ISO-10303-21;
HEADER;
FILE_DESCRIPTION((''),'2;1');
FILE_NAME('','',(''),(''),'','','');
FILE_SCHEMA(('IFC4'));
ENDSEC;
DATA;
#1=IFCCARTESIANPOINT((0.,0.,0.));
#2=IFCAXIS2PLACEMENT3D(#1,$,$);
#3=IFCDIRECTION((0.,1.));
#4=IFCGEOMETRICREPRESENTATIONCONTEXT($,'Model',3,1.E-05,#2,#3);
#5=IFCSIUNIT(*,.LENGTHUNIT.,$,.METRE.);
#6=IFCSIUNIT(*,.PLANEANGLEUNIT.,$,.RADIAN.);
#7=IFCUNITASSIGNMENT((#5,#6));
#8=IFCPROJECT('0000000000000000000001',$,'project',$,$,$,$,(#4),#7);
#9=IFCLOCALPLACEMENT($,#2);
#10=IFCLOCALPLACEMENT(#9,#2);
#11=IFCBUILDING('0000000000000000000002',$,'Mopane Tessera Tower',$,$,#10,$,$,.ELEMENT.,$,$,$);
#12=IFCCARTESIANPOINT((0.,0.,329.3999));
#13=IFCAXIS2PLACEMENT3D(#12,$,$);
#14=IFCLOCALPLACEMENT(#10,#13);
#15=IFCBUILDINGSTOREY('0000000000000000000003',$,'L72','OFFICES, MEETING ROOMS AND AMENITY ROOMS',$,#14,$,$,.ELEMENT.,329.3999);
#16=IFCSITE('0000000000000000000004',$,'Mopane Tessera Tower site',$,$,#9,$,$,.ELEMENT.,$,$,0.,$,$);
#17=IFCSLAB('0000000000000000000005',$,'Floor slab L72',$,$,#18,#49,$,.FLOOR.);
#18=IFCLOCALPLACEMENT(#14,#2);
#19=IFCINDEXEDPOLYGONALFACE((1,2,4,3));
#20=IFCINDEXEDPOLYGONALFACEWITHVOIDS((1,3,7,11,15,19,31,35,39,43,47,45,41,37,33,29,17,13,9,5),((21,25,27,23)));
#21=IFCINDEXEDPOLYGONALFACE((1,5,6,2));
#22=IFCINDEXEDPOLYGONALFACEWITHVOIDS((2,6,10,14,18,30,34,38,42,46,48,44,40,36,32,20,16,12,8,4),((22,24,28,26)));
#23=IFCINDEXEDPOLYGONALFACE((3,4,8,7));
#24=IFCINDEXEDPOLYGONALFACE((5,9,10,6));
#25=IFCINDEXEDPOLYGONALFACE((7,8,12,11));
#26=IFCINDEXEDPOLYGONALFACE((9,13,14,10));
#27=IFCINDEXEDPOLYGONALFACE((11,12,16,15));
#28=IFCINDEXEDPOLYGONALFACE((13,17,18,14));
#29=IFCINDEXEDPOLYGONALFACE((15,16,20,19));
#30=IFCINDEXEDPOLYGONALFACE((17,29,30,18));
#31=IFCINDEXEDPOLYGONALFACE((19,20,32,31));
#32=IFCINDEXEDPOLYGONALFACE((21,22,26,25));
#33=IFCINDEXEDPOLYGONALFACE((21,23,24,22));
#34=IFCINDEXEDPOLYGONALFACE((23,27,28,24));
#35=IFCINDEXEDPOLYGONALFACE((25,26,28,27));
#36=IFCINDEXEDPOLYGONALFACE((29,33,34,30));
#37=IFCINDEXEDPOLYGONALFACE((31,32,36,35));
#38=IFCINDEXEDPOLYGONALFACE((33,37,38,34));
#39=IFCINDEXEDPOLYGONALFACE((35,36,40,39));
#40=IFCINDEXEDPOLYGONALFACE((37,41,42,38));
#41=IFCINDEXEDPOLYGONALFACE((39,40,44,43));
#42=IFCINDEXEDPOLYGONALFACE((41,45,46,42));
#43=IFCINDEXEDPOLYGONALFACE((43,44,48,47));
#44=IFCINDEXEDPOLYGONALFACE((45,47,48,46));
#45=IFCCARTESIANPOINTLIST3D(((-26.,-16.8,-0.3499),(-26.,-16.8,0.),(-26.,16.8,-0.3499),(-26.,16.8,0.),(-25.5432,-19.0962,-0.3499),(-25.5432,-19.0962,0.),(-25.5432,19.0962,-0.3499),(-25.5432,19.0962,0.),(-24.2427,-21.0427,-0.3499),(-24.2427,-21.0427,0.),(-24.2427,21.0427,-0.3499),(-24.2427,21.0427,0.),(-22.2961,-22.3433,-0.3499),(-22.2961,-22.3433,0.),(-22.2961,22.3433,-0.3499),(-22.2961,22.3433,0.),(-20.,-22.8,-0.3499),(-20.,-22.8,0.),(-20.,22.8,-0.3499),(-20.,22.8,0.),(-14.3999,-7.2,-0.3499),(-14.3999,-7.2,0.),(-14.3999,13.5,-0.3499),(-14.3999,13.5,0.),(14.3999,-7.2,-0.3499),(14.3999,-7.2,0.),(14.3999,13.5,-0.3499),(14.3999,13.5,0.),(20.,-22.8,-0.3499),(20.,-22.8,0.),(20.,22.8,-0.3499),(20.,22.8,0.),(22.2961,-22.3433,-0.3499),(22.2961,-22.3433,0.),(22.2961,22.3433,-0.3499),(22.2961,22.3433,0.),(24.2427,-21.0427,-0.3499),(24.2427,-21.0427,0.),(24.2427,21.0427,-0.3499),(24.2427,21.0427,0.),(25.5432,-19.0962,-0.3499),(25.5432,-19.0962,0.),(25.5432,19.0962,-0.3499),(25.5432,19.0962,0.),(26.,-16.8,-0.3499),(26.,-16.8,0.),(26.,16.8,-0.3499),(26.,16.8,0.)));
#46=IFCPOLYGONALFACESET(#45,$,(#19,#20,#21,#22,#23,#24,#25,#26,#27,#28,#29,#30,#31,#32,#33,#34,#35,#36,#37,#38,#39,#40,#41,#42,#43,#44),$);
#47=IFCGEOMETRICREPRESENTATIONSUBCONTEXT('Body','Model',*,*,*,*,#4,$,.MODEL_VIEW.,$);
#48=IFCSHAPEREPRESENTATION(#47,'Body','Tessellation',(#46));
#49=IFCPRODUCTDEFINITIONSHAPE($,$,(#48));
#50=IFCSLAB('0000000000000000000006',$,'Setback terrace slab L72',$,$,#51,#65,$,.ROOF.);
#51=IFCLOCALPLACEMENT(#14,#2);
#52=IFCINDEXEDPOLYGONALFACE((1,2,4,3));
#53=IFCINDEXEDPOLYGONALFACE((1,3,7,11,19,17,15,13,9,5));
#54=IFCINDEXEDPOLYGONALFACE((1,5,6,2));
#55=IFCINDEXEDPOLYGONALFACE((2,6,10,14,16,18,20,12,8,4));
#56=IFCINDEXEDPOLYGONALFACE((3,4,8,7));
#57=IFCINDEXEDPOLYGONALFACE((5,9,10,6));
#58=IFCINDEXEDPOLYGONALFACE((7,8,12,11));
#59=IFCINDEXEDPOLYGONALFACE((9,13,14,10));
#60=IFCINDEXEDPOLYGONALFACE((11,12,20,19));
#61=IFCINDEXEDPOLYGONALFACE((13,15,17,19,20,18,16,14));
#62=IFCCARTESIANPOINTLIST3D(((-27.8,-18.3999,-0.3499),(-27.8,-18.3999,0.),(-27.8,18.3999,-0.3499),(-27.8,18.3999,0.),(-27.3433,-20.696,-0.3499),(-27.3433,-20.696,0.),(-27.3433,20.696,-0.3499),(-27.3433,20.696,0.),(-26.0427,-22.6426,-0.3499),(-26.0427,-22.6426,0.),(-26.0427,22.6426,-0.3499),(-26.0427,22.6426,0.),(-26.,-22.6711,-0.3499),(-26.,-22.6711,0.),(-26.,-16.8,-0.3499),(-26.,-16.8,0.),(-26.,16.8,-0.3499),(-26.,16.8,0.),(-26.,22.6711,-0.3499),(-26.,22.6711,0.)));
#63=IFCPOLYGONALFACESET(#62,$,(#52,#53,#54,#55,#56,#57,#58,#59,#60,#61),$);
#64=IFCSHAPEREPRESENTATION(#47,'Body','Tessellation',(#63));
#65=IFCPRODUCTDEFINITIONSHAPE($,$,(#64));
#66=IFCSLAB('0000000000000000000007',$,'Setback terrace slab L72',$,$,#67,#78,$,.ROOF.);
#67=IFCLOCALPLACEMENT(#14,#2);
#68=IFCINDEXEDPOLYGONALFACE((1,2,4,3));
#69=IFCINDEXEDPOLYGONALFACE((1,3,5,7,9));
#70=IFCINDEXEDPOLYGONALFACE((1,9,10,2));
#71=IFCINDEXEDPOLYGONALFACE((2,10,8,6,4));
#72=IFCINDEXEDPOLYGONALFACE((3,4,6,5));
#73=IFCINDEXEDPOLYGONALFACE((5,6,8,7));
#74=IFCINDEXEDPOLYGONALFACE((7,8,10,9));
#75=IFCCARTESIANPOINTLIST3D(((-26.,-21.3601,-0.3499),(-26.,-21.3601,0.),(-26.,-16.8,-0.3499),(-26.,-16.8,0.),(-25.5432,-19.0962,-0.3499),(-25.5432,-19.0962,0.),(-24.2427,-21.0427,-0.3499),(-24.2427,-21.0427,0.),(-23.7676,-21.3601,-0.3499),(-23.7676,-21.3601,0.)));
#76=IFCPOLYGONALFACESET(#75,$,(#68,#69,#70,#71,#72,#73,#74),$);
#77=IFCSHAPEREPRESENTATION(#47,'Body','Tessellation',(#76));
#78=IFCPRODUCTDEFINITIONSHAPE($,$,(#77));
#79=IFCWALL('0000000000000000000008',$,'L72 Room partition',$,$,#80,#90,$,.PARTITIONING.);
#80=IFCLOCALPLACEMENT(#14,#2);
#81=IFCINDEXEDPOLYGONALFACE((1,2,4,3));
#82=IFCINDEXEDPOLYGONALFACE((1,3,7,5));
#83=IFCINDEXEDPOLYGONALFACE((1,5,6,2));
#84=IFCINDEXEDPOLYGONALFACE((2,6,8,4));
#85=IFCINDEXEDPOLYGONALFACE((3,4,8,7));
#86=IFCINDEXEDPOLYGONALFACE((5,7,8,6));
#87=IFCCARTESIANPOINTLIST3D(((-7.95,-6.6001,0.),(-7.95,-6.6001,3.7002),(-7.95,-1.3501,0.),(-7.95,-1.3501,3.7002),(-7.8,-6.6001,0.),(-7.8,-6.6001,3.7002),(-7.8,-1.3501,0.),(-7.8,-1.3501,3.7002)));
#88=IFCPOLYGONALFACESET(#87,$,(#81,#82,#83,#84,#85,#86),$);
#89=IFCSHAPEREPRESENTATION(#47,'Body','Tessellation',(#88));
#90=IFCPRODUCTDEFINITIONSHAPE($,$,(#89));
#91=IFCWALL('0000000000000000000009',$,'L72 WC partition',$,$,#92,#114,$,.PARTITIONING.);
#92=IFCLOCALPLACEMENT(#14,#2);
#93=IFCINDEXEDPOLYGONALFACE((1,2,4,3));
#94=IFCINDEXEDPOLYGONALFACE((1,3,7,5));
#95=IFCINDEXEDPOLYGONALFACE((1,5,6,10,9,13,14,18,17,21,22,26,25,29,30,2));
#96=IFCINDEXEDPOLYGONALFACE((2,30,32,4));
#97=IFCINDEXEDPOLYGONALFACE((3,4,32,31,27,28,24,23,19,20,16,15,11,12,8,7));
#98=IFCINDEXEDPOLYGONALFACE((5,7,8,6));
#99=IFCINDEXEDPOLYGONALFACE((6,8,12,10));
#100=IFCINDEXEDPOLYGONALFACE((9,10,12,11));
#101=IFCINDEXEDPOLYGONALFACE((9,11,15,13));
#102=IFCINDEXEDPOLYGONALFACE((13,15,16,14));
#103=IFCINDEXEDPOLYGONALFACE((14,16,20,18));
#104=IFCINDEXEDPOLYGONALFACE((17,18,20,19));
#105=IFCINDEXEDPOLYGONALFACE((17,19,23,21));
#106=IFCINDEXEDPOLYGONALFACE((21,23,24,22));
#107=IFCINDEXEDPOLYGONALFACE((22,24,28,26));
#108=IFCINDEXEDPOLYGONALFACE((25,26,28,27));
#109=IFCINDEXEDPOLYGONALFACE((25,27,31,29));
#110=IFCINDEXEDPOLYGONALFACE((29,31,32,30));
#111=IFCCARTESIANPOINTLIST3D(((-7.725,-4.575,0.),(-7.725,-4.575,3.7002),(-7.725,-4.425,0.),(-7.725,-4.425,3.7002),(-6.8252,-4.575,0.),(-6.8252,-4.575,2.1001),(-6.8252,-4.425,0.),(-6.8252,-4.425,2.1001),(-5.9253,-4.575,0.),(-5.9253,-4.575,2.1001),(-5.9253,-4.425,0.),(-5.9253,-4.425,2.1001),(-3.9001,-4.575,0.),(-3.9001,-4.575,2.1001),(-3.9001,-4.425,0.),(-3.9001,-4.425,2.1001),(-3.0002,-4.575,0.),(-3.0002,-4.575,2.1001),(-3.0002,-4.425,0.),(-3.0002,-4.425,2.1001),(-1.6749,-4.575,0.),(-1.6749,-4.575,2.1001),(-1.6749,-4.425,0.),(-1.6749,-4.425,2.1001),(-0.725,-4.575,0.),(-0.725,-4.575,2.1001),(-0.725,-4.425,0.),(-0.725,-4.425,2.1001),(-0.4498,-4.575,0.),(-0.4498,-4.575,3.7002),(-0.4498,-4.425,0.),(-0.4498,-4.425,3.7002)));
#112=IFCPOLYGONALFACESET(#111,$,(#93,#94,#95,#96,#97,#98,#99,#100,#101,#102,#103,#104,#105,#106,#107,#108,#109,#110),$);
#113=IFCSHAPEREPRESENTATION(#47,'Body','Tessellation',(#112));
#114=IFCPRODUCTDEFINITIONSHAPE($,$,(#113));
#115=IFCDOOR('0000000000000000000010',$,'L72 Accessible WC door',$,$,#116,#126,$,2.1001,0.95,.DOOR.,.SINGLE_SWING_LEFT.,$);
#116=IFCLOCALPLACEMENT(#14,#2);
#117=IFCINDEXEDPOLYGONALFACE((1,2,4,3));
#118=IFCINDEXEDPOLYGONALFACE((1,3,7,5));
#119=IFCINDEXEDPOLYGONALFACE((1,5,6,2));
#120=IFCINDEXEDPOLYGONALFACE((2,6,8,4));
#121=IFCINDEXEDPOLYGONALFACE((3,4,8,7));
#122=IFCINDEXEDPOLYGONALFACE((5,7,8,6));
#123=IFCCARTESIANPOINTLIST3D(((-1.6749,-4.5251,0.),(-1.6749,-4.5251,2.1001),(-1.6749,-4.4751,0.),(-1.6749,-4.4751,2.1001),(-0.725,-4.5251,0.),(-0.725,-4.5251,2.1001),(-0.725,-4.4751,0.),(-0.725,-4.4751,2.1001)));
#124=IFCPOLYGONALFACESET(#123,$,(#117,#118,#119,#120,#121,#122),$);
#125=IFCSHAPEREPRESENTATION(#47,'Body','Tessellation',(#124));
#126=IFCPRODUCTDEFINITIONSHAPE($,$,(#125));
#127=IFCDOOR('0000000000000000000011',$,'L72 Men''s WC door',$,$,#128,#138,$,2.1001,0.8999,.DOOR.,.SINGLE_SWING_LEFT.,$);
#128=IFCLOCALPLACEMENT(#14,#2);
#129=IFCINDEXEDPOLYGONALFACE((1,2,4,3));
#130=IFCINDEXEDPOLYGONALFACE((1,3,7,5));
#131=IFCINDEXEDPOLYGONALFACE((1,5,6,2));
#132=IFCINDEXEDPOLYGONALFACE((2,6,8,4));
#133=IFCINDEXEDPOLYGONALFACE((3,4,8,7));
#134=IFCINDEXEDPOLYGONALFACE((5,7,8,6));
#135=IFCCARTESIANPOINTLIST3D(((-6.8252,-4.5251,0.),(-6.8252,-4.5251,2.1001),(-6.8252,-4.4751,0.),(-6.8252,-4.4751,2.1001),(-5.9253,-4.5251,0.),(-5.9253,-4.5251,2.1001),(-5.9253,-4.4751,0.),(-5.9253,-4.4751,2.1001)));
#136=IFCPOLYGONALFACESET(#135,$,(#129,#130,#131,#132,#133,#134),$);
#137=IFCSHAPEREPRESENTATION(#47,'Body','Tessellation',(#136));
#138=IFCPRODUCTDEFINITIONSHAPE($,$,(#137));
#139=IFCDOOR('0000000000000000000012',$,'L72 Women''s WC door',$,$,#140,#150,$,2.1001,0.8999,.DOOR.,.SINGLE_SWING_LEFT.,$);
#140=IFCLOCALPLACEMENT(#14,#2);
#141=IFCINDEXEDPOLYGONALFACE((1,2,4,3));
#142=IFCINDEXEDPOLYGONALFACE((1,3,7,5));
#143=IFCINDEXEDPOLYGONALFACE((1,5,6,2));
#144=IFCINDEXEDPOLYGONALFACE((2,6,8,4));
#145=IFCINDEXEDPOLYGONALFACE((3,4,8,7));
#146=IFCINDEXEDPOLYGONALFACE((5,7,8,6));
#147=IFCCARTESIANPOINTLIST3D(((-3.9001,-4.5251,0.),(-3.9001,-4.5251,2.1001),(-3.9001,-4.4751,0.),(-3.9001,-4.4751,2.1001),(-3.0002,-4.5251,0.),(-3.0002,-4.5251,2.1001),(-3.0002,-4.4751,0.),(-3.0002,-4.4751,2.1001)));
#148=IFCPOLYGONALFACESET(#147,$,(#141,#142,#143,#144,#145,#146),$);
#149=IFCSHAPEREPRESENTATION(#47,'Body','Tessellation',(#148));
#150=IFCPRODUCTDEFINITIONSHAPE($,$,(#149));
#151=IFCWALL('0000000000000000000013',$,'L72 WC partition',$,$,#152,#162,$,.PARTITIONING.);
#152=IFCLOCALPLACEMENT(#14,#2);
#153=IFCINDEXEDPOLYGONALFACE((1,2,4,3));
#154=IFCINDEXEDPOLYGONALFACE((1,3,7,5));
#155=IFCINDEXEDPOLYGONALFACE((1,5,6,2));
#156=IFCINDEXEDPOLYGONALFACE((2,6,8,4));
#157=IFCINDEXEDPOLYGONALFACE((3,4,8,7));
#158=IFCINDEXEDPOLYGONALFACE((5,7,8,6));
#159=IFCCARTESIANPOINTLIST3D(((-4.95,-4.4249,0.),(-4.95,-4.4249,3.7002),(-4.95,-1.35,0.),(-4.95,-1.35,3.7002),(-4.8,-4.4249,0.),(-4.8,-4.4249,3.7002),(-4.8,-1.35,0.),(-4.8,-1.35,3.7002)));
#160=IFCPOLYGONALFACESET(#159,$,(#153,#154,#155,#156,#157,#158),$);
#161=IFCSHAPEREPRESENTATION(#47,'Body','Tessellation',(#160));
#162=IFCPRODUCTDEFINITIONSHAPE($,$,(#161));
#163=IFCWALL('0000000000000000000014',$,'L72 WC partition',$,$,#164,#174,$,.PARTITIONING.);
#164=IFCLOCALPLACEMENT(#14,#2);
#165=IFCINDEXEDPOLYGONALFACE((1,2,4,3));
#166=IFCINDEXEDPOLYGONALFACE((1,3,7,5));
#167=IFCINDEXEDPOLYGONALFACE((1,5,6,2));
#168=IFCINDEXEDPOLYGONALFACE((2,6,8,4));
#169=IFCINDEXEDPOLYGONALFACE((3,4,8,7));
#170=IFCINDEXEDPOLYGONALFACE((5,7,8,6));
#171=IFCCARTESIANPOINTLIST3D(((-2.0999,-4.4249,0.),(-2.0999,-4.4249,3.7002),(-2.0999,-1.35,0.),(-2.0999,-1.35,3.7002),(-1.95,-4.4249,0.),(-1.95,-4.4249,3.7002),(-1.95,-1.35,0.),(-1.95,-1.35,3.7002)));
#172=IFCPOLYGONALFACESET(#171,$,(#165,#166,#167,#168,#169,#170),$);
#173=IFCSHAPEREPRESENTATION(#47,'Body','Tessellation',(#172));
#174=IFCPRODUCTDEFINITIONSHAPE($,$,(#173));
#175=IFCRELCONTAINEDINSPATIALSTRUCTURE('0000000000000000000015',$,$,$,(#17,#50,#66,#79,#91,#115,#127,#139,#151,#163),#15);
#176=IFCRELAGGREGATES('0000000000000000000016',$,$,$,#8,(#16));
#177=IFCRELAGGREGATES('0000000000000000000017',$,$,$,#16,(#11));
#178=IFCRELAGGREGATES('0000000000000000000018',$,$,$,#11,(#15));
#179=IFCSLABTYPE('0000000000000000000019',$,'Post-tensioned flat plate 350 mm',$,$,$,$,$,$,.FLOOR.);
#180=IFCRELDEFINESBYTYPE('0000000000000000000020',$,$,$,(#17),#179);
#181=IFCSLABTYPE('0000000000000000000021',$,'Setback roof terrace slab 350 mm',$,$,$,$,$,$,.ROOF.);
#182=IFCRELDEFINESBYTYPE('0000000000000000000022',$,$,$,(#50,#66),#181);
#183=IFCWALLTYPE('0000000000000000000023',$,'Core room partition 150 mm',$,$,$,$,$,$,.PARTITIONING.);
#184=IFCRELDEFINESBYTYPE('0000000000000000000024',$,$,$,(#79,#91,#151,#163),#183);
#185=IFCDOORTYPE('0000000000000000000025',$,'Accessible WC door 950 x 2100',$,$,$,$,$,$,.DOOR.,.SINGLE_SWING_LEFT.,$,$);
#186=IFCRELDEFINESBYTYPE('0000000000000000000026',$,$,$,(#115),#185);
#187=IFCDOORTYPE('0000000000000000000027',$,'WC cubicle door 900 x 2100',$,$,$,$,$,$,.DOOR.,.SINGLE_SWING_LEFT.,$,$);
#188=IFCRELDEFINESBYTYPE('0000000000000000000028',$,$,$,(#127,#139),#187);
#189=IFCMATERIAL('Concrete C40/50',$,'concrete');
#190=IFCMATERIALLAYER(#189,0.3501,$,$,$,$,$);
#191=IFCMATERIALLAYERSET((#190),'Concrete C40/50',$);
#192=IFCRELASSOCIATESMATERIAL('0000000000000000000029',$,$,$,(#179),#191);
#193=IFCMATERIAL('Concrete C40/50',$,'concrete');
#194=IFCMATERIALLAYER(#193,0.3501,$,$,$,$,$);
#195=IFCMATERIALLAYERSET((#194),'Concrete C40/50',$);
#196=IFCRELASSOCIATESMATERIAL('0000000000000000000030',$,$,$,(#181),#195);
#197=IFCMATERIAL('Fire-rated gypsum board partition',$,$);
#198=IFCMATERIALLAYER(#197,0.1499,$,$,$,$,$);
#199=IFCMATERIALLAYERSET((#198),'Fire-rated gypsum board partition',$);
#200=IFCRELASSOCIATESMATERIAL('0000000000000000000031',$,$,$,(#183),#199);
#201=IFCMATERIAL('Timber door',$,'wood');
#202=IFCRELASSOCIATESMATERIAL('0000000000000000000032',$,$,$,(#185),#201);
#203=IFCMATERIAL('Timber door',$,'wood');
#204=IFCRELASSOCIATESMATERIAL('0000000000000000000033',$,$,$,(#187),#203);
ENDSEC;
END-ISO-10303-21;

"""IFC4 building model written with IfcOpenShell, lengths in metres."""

from ifc_helpers import new_model, si_unit, direction, frame, frame_2d, origin, place, context, subcontext, project, spatial, polyline, rectangle, outline, extrude, material, layer, layer_set, type_object, element, fill, save


model = new_model("IFC4")

# Units and contexts
model_context = context("Model", 3, precision=1e-05, world=origin(), true_north=direction((0.0, 1.0)))
body_context = subcontext(model_context, "Body", "Model", "MODEL_VIEW")
ifc_project = project(units=[si_unit("LENGTHUNIT", "METRE"), si_unit("PLANEANGLEUNIT", "RADIAN")], contexts=[model_context])

# Site, building, storey
site_placement = place(None, origin())
site = spatial("IfcSite", under=ifc_project, at=site_placement, Name="Mopane Tessera Tower site", CompositionType="ELEMENT", RefElevation=0.0)
building_placement = place(site_placement, origin())
building = spatial("IfcBuilding", under=site, at=building_placement, Name="Mopane Tessera Tower", CompositionType="ELEMENT")
storey_placement = place(building_placement, frame((0.0, 0.0, 329.3999)))
storey = spatial("IfcBuildingStorey", under=building, at=storey_placement, Name="L72", Description="OFFICES, MEETING ROOMS AND AMENITY ROOMS", CompositionType="ELEMENT", Elevation=329.3999)

# Slabs
ifc_material_1 = material(Name="Concrete C40/50", Category="concrete")
ifc_layer_1 = layer(ifc_material_1, 0.3501)
ifc_layer_set_1 = layer_set([ifc_layer_1], Name="Concrete C40/50")
slab_type_1 = type_object("IfcSlabType", Name="Post-tensioned flat plate 350 mm", PredefinedType="FLOOR", material=ifc_layer_set_1)
slab_1_placement = place(storey_placement, frame((0.0, 0.0, -0.3499)))
element("IfcSlab", 1, at=slab_1_placement, inside=storey, type_object=slab_type_1, Name="Floor slab L72", PredefinedType="FLOOR", context=body_context, shape_type="SweptSolid", body=[
    extrude(outline(polyline([(-20.0, -22.8), (20.0, -22.8), (22.2961, -22.3433), (24.2427, -21.0427), (25.5432, -19.0962), (26.0, -16.8), (26.0, 16.8), (25.5432, 19.0962), (24.2427, 21.0427), (22.2961, 22.3433), (20.0, 22.8), (-20.0, 22.8), (-22.2961, 22.3433), (-24.2427, 21.0427), (-25.5432, 19.0962), (-26.0, 16.8), (-26.0, -16.8), (-25.5432, -19.0962), (-24.2427, -21.0427), (-22.2961, -22.3433), (-20.0, -22.8)]), holes=[polyline([(14.3999, -7.2), (-14.3999, -7.2), (-14.3999, 13.5), (14.3999, 13.5), (14.3999, -7.2)])]), origin(), (0.0, 0.0, 1.0), 0.3499),
])
ifc_material_2 = material(Name="Concrete C40/50", Category="concrete")
ifc_layer_2 = layer(ifc_material_2, 0.3501)
ifc_layer_set_2 = layer_set([ifc_layer_2], Name="Concrete C40/50")
slab_type_2 = type_object("IfcSlabType", Name="Setback roof terrace slab 350 mm", PredefinedType="ROOF", material=ifc_layer_set_2)
slab_2_placement = place(storey_placement, frame((0.0, 0.0, -0.3499)))
element("IfcSlab", 2, at=slab_2_placement, inside=storey, type_object=slab_type_2, Name="Setback terrace slab L72", PredefinedType="ROOF", context=body_context, shape_type="SweptSolid", body=[
    extrude(outline(polyline([(-26.0, -22.6711), (-26.0, -16.8), (-26.0, 16.8), (-26.0, 22.6711), (-26.0427, 22.6426), (-27.3433, 20.696), (-27.8, 18.3999), (-27.8, -18.3999), (-27.3433, -20.696), (-26.0427, -22.6426), (-26.0, -22.6711)])), origin(), (0.0, 0.0, 1.0), 0.3499),
])
slab_3_placement = place(storey_placement, frame((0.0, 0.0, -0.3499)))
element("IfcSlab", 3, at=slab_3_placement, inside=storey, type_object=slab_type_2, Name="Setback terrace slab L72", PredefinedType="ROOF", context=body_context, shape_type="SweptSolid", body=[
    extrude(outline(polyline([(-26.0, -16.8), (-26.0, -21.3601), (-23.7676, -21.3601), (-24.2427, -21.0427), (-25.5432, -19.0962), (-26.0, -16.8)])), origin(), (0.0, 0.0, 1.0), 0.3499),
])

# Wall
ifc_material_3 = material(Name="Fire-rated gypsum board partition")
ifc_layer_3 = layer(ifc_material_3, 0.1499)
ifc_layer_set_3 = layer_set([ifc_layer_3], Name="Fire-rated gypsum board partition")
wall_type_1 = type_object("IfcWallType", Name="Core room partition 150 mm", PredefinedType="PARTITIONING", material=ifc_layer_set_3)
wall_1_placement = place(storey_placement, frame((-7.875, -6.6001, 0.0), z_axis=(0.0, 0.0, 1.0), x_axis=(0.0, 1.0, 0.0)))
element("IfcWall", 4, at=wall_1_placement, inside=storey, type_object=wall_type_1, Name="L72 Room partition", PredefinedType="PARTITIONING", context=body_context, shape_type="SweptSolid", body=[
    extrude(rectangle(XDim=5.25, YDim=0.1499, at=frame_2d((2.625, 0.0))), origin(), (0.0, 0.0, 1.0), 3.7002),
])

# Wall, openings, doors
wall_2_placement = place(storey_placement, frame((-7.7251, -4.5, 0.0), z_axis=(0.0, 0.0, 1.0), x_axis=(1.0, 0.0, 0.0)))
wall_2 = element("IfcWall", 5, at=wall_2_placement, inside=storey, type_object=wall_type_1, Name="L72 WC partition", PredefinedType="PARTITIONING", context=body_context, shape_type="SweptSolid", body=[
    extrude(rectangle(XDim=7.2751, YDim=0.1499, at=frame_2d((3.6377, 0.0))), origin(), (0.0, 0.0, 1.0), 3.7002),
])
opening_1_placement = place(wall_2_placement, frame((0.8999, 0.0, 0.0)))
opening_1 = element("IfcOpeningElement", 6, at=opening_1_placement, cuts=wall_2, PredefinedType="OPENING", context=body_context, shape_type="SweptSolid", body=[
    extrude(rectangle(XDim=0.8999, YDim=2.1001, at=frame_2d((0.45, 1.05))), frame((0.0, 0.0869, 0.0), z_axis=(0.0, -1.0, 0.0), x_axis=(1.0, 0.0, 0.0)), (0.0, 0.0, 1.0), 0.1738),
])
opening_2_placement = place(wall_2_placement, frame((3.825, 0.0, 0.0)))
opening_2 = element("IfcOpeningElement", 7, at=opening_2_placement, cuts=wall_2, PredefinedType="OPENING", context=body_context, shape_type="SweptSolid", body=[
    extrude(rectangle(XDim=0.8999, YDim=2.1001, at=frame_2d((0.45, 1.05))), frame((0.0, 0.0869, 0.0), z_axis=(0.0, -1.0, 0.0), x_axis=(1.0, 0.0, 0.0)), (0.0, 0.0, 1.0), 0.1738),
])
opening_3_placement = place(wall_2_placement, frame((6.05, 0.0, 0.0)))
opening_3 = element("IfcOpeningElement", 8, at=opening_3_placement, cuts=wall_2, PredefinedType="OPENING", context=body_context, shape_type="SweptSolid", body=[
    extrude(rectangle(XDim=0.95, YDim=2.1001, at=frame_2d((0.4751, 1.05))), frame((0.0, 0.0869, 0.0), z_axis=(0.0, -1.0, 0.0), x_axis=(1.0, 0.0, 0.0)), (0.0, 0.0, 1.0), 0.1738),
])
ifc_material_4 = material(Name="Timber door", Category="wood")
door_type_1 = type_object("IfcDoorType", Name="Accessible WC door 950 x 2100", OperationType="SINGLE_SWING_LEFT", PredefinedType="DOOR", material=ifc_material_4)
door_1_placement = place(opening_3_placement, origin())
door_1 = element("IfcDoor", 9, at=door_1_placement, inside=storey, type_object=door_type_1, Name="L72 Accessible WC door", OperationType="SINGLE_SWING_LEFT", OverallHeight=2.1001, OverallWidth=0.95, PredefinedType="DOOR", context=body_context, shape_type="SweptSolid", body=[
    extrude(rectangle(XDim=0.95, YDim=2.1001, at=frame_2d((0.4751, 1.05))), frame((0.0, 0.0249, 0.0), z_axis=(0.0, -1.0, 0.0), x_axis=(1.0, 0.0, 0.0)), (0.0, 0.0, 1.0), 0.05),
])
fill(opening_3, door_1)
ifc_material_5 = material(Name="Timber door", Category="wood")
door_type_2 = type_object("IfcDoorType", Name="WC cubicle door 900 x 2100", OperationType="SINGLE_SWING_LEFT", PredefinedType="DOOR", material=ifc_material_5)
door_2_placement = place(opening_1_placement, origin())
door_2 = element("IfcDoor", 10, at=door_2_placement, inside=storey, type_object=door_type_2, Name="L72 Men's WC door", OperationType="SINGLE_SWING_LEFT", OverallHeight=2.1001, OverallWidth=0.8999, PredefinedType="DOOR", context=body_context, shape_type="SweptSolid", body=[
    extrude(rectangle(XDim=0.8999, YDim=2.1001, at=frame_2d((0.45, 1.05))), frame((0.0, 0.0249, 0.0), z_axis=(0.0, -1.0, 0.0), x_axis=(1.0, 0.0, 0.0)), (0.0, 0.0, 1.0), 0.05),
])
fill(opening_1, door_2)
door_3_placement = place(opening_2_placement, origin())
door_3 = element("IfcDoor", 11, at=door_3_placement, inside=storey, type_object=door_type_2, Name="L72 Women's WC door", OperationType="SINGLE_SWING_LEFT", OverallHeight=2.1001, OverallWidth=0.8999, PredefinedType="DOOR", context=body_context, shape_type="SweptSolid", body=[
    extrude(rectangle(XDim=0.8999, YDim=2.1001, at=frame_2d((0.45, 1.05))), frame((0.0, 0.0249, 0.0), z_axis=(0.0, -1.0, 0.0), x_axis=(1.0, 0.0, 0.0)), (0.0, 0.0, 1.0), 0.05),
])
fill(opening_2, door_3)

# Walls
for number, where, z_axis, x_axis, name in (
    (12, (-4.875, -4.425, 0.0), (0.0, 0.0, 1.0), (0.0, 1.0, 0.0), "L72 WC partition"),
    (13, (-2.0249, -4.425, 0.0), (0.0, 0.0, 1.0), (0.0, 1.0, 0.0), "L72 WC partition"),
):
    element("IfcWall", number, at=place(storey_placement, frame(where, z_axis=z_axis, x_axis=x_axis)), inside=storey, type_object=wall_type_1, Name=name, PredefinedType="PARTITIONING", context=body_context, shape_type="SweptSolid", body=[
        extrude(rectangle(XDim=3.075, YDim=0.1499, at=frame_2d((1.5376, 0.0))), origin(), (0.0, 0.0, 1.0), 3.7002),
    ])

save(model, "model.ifc")
